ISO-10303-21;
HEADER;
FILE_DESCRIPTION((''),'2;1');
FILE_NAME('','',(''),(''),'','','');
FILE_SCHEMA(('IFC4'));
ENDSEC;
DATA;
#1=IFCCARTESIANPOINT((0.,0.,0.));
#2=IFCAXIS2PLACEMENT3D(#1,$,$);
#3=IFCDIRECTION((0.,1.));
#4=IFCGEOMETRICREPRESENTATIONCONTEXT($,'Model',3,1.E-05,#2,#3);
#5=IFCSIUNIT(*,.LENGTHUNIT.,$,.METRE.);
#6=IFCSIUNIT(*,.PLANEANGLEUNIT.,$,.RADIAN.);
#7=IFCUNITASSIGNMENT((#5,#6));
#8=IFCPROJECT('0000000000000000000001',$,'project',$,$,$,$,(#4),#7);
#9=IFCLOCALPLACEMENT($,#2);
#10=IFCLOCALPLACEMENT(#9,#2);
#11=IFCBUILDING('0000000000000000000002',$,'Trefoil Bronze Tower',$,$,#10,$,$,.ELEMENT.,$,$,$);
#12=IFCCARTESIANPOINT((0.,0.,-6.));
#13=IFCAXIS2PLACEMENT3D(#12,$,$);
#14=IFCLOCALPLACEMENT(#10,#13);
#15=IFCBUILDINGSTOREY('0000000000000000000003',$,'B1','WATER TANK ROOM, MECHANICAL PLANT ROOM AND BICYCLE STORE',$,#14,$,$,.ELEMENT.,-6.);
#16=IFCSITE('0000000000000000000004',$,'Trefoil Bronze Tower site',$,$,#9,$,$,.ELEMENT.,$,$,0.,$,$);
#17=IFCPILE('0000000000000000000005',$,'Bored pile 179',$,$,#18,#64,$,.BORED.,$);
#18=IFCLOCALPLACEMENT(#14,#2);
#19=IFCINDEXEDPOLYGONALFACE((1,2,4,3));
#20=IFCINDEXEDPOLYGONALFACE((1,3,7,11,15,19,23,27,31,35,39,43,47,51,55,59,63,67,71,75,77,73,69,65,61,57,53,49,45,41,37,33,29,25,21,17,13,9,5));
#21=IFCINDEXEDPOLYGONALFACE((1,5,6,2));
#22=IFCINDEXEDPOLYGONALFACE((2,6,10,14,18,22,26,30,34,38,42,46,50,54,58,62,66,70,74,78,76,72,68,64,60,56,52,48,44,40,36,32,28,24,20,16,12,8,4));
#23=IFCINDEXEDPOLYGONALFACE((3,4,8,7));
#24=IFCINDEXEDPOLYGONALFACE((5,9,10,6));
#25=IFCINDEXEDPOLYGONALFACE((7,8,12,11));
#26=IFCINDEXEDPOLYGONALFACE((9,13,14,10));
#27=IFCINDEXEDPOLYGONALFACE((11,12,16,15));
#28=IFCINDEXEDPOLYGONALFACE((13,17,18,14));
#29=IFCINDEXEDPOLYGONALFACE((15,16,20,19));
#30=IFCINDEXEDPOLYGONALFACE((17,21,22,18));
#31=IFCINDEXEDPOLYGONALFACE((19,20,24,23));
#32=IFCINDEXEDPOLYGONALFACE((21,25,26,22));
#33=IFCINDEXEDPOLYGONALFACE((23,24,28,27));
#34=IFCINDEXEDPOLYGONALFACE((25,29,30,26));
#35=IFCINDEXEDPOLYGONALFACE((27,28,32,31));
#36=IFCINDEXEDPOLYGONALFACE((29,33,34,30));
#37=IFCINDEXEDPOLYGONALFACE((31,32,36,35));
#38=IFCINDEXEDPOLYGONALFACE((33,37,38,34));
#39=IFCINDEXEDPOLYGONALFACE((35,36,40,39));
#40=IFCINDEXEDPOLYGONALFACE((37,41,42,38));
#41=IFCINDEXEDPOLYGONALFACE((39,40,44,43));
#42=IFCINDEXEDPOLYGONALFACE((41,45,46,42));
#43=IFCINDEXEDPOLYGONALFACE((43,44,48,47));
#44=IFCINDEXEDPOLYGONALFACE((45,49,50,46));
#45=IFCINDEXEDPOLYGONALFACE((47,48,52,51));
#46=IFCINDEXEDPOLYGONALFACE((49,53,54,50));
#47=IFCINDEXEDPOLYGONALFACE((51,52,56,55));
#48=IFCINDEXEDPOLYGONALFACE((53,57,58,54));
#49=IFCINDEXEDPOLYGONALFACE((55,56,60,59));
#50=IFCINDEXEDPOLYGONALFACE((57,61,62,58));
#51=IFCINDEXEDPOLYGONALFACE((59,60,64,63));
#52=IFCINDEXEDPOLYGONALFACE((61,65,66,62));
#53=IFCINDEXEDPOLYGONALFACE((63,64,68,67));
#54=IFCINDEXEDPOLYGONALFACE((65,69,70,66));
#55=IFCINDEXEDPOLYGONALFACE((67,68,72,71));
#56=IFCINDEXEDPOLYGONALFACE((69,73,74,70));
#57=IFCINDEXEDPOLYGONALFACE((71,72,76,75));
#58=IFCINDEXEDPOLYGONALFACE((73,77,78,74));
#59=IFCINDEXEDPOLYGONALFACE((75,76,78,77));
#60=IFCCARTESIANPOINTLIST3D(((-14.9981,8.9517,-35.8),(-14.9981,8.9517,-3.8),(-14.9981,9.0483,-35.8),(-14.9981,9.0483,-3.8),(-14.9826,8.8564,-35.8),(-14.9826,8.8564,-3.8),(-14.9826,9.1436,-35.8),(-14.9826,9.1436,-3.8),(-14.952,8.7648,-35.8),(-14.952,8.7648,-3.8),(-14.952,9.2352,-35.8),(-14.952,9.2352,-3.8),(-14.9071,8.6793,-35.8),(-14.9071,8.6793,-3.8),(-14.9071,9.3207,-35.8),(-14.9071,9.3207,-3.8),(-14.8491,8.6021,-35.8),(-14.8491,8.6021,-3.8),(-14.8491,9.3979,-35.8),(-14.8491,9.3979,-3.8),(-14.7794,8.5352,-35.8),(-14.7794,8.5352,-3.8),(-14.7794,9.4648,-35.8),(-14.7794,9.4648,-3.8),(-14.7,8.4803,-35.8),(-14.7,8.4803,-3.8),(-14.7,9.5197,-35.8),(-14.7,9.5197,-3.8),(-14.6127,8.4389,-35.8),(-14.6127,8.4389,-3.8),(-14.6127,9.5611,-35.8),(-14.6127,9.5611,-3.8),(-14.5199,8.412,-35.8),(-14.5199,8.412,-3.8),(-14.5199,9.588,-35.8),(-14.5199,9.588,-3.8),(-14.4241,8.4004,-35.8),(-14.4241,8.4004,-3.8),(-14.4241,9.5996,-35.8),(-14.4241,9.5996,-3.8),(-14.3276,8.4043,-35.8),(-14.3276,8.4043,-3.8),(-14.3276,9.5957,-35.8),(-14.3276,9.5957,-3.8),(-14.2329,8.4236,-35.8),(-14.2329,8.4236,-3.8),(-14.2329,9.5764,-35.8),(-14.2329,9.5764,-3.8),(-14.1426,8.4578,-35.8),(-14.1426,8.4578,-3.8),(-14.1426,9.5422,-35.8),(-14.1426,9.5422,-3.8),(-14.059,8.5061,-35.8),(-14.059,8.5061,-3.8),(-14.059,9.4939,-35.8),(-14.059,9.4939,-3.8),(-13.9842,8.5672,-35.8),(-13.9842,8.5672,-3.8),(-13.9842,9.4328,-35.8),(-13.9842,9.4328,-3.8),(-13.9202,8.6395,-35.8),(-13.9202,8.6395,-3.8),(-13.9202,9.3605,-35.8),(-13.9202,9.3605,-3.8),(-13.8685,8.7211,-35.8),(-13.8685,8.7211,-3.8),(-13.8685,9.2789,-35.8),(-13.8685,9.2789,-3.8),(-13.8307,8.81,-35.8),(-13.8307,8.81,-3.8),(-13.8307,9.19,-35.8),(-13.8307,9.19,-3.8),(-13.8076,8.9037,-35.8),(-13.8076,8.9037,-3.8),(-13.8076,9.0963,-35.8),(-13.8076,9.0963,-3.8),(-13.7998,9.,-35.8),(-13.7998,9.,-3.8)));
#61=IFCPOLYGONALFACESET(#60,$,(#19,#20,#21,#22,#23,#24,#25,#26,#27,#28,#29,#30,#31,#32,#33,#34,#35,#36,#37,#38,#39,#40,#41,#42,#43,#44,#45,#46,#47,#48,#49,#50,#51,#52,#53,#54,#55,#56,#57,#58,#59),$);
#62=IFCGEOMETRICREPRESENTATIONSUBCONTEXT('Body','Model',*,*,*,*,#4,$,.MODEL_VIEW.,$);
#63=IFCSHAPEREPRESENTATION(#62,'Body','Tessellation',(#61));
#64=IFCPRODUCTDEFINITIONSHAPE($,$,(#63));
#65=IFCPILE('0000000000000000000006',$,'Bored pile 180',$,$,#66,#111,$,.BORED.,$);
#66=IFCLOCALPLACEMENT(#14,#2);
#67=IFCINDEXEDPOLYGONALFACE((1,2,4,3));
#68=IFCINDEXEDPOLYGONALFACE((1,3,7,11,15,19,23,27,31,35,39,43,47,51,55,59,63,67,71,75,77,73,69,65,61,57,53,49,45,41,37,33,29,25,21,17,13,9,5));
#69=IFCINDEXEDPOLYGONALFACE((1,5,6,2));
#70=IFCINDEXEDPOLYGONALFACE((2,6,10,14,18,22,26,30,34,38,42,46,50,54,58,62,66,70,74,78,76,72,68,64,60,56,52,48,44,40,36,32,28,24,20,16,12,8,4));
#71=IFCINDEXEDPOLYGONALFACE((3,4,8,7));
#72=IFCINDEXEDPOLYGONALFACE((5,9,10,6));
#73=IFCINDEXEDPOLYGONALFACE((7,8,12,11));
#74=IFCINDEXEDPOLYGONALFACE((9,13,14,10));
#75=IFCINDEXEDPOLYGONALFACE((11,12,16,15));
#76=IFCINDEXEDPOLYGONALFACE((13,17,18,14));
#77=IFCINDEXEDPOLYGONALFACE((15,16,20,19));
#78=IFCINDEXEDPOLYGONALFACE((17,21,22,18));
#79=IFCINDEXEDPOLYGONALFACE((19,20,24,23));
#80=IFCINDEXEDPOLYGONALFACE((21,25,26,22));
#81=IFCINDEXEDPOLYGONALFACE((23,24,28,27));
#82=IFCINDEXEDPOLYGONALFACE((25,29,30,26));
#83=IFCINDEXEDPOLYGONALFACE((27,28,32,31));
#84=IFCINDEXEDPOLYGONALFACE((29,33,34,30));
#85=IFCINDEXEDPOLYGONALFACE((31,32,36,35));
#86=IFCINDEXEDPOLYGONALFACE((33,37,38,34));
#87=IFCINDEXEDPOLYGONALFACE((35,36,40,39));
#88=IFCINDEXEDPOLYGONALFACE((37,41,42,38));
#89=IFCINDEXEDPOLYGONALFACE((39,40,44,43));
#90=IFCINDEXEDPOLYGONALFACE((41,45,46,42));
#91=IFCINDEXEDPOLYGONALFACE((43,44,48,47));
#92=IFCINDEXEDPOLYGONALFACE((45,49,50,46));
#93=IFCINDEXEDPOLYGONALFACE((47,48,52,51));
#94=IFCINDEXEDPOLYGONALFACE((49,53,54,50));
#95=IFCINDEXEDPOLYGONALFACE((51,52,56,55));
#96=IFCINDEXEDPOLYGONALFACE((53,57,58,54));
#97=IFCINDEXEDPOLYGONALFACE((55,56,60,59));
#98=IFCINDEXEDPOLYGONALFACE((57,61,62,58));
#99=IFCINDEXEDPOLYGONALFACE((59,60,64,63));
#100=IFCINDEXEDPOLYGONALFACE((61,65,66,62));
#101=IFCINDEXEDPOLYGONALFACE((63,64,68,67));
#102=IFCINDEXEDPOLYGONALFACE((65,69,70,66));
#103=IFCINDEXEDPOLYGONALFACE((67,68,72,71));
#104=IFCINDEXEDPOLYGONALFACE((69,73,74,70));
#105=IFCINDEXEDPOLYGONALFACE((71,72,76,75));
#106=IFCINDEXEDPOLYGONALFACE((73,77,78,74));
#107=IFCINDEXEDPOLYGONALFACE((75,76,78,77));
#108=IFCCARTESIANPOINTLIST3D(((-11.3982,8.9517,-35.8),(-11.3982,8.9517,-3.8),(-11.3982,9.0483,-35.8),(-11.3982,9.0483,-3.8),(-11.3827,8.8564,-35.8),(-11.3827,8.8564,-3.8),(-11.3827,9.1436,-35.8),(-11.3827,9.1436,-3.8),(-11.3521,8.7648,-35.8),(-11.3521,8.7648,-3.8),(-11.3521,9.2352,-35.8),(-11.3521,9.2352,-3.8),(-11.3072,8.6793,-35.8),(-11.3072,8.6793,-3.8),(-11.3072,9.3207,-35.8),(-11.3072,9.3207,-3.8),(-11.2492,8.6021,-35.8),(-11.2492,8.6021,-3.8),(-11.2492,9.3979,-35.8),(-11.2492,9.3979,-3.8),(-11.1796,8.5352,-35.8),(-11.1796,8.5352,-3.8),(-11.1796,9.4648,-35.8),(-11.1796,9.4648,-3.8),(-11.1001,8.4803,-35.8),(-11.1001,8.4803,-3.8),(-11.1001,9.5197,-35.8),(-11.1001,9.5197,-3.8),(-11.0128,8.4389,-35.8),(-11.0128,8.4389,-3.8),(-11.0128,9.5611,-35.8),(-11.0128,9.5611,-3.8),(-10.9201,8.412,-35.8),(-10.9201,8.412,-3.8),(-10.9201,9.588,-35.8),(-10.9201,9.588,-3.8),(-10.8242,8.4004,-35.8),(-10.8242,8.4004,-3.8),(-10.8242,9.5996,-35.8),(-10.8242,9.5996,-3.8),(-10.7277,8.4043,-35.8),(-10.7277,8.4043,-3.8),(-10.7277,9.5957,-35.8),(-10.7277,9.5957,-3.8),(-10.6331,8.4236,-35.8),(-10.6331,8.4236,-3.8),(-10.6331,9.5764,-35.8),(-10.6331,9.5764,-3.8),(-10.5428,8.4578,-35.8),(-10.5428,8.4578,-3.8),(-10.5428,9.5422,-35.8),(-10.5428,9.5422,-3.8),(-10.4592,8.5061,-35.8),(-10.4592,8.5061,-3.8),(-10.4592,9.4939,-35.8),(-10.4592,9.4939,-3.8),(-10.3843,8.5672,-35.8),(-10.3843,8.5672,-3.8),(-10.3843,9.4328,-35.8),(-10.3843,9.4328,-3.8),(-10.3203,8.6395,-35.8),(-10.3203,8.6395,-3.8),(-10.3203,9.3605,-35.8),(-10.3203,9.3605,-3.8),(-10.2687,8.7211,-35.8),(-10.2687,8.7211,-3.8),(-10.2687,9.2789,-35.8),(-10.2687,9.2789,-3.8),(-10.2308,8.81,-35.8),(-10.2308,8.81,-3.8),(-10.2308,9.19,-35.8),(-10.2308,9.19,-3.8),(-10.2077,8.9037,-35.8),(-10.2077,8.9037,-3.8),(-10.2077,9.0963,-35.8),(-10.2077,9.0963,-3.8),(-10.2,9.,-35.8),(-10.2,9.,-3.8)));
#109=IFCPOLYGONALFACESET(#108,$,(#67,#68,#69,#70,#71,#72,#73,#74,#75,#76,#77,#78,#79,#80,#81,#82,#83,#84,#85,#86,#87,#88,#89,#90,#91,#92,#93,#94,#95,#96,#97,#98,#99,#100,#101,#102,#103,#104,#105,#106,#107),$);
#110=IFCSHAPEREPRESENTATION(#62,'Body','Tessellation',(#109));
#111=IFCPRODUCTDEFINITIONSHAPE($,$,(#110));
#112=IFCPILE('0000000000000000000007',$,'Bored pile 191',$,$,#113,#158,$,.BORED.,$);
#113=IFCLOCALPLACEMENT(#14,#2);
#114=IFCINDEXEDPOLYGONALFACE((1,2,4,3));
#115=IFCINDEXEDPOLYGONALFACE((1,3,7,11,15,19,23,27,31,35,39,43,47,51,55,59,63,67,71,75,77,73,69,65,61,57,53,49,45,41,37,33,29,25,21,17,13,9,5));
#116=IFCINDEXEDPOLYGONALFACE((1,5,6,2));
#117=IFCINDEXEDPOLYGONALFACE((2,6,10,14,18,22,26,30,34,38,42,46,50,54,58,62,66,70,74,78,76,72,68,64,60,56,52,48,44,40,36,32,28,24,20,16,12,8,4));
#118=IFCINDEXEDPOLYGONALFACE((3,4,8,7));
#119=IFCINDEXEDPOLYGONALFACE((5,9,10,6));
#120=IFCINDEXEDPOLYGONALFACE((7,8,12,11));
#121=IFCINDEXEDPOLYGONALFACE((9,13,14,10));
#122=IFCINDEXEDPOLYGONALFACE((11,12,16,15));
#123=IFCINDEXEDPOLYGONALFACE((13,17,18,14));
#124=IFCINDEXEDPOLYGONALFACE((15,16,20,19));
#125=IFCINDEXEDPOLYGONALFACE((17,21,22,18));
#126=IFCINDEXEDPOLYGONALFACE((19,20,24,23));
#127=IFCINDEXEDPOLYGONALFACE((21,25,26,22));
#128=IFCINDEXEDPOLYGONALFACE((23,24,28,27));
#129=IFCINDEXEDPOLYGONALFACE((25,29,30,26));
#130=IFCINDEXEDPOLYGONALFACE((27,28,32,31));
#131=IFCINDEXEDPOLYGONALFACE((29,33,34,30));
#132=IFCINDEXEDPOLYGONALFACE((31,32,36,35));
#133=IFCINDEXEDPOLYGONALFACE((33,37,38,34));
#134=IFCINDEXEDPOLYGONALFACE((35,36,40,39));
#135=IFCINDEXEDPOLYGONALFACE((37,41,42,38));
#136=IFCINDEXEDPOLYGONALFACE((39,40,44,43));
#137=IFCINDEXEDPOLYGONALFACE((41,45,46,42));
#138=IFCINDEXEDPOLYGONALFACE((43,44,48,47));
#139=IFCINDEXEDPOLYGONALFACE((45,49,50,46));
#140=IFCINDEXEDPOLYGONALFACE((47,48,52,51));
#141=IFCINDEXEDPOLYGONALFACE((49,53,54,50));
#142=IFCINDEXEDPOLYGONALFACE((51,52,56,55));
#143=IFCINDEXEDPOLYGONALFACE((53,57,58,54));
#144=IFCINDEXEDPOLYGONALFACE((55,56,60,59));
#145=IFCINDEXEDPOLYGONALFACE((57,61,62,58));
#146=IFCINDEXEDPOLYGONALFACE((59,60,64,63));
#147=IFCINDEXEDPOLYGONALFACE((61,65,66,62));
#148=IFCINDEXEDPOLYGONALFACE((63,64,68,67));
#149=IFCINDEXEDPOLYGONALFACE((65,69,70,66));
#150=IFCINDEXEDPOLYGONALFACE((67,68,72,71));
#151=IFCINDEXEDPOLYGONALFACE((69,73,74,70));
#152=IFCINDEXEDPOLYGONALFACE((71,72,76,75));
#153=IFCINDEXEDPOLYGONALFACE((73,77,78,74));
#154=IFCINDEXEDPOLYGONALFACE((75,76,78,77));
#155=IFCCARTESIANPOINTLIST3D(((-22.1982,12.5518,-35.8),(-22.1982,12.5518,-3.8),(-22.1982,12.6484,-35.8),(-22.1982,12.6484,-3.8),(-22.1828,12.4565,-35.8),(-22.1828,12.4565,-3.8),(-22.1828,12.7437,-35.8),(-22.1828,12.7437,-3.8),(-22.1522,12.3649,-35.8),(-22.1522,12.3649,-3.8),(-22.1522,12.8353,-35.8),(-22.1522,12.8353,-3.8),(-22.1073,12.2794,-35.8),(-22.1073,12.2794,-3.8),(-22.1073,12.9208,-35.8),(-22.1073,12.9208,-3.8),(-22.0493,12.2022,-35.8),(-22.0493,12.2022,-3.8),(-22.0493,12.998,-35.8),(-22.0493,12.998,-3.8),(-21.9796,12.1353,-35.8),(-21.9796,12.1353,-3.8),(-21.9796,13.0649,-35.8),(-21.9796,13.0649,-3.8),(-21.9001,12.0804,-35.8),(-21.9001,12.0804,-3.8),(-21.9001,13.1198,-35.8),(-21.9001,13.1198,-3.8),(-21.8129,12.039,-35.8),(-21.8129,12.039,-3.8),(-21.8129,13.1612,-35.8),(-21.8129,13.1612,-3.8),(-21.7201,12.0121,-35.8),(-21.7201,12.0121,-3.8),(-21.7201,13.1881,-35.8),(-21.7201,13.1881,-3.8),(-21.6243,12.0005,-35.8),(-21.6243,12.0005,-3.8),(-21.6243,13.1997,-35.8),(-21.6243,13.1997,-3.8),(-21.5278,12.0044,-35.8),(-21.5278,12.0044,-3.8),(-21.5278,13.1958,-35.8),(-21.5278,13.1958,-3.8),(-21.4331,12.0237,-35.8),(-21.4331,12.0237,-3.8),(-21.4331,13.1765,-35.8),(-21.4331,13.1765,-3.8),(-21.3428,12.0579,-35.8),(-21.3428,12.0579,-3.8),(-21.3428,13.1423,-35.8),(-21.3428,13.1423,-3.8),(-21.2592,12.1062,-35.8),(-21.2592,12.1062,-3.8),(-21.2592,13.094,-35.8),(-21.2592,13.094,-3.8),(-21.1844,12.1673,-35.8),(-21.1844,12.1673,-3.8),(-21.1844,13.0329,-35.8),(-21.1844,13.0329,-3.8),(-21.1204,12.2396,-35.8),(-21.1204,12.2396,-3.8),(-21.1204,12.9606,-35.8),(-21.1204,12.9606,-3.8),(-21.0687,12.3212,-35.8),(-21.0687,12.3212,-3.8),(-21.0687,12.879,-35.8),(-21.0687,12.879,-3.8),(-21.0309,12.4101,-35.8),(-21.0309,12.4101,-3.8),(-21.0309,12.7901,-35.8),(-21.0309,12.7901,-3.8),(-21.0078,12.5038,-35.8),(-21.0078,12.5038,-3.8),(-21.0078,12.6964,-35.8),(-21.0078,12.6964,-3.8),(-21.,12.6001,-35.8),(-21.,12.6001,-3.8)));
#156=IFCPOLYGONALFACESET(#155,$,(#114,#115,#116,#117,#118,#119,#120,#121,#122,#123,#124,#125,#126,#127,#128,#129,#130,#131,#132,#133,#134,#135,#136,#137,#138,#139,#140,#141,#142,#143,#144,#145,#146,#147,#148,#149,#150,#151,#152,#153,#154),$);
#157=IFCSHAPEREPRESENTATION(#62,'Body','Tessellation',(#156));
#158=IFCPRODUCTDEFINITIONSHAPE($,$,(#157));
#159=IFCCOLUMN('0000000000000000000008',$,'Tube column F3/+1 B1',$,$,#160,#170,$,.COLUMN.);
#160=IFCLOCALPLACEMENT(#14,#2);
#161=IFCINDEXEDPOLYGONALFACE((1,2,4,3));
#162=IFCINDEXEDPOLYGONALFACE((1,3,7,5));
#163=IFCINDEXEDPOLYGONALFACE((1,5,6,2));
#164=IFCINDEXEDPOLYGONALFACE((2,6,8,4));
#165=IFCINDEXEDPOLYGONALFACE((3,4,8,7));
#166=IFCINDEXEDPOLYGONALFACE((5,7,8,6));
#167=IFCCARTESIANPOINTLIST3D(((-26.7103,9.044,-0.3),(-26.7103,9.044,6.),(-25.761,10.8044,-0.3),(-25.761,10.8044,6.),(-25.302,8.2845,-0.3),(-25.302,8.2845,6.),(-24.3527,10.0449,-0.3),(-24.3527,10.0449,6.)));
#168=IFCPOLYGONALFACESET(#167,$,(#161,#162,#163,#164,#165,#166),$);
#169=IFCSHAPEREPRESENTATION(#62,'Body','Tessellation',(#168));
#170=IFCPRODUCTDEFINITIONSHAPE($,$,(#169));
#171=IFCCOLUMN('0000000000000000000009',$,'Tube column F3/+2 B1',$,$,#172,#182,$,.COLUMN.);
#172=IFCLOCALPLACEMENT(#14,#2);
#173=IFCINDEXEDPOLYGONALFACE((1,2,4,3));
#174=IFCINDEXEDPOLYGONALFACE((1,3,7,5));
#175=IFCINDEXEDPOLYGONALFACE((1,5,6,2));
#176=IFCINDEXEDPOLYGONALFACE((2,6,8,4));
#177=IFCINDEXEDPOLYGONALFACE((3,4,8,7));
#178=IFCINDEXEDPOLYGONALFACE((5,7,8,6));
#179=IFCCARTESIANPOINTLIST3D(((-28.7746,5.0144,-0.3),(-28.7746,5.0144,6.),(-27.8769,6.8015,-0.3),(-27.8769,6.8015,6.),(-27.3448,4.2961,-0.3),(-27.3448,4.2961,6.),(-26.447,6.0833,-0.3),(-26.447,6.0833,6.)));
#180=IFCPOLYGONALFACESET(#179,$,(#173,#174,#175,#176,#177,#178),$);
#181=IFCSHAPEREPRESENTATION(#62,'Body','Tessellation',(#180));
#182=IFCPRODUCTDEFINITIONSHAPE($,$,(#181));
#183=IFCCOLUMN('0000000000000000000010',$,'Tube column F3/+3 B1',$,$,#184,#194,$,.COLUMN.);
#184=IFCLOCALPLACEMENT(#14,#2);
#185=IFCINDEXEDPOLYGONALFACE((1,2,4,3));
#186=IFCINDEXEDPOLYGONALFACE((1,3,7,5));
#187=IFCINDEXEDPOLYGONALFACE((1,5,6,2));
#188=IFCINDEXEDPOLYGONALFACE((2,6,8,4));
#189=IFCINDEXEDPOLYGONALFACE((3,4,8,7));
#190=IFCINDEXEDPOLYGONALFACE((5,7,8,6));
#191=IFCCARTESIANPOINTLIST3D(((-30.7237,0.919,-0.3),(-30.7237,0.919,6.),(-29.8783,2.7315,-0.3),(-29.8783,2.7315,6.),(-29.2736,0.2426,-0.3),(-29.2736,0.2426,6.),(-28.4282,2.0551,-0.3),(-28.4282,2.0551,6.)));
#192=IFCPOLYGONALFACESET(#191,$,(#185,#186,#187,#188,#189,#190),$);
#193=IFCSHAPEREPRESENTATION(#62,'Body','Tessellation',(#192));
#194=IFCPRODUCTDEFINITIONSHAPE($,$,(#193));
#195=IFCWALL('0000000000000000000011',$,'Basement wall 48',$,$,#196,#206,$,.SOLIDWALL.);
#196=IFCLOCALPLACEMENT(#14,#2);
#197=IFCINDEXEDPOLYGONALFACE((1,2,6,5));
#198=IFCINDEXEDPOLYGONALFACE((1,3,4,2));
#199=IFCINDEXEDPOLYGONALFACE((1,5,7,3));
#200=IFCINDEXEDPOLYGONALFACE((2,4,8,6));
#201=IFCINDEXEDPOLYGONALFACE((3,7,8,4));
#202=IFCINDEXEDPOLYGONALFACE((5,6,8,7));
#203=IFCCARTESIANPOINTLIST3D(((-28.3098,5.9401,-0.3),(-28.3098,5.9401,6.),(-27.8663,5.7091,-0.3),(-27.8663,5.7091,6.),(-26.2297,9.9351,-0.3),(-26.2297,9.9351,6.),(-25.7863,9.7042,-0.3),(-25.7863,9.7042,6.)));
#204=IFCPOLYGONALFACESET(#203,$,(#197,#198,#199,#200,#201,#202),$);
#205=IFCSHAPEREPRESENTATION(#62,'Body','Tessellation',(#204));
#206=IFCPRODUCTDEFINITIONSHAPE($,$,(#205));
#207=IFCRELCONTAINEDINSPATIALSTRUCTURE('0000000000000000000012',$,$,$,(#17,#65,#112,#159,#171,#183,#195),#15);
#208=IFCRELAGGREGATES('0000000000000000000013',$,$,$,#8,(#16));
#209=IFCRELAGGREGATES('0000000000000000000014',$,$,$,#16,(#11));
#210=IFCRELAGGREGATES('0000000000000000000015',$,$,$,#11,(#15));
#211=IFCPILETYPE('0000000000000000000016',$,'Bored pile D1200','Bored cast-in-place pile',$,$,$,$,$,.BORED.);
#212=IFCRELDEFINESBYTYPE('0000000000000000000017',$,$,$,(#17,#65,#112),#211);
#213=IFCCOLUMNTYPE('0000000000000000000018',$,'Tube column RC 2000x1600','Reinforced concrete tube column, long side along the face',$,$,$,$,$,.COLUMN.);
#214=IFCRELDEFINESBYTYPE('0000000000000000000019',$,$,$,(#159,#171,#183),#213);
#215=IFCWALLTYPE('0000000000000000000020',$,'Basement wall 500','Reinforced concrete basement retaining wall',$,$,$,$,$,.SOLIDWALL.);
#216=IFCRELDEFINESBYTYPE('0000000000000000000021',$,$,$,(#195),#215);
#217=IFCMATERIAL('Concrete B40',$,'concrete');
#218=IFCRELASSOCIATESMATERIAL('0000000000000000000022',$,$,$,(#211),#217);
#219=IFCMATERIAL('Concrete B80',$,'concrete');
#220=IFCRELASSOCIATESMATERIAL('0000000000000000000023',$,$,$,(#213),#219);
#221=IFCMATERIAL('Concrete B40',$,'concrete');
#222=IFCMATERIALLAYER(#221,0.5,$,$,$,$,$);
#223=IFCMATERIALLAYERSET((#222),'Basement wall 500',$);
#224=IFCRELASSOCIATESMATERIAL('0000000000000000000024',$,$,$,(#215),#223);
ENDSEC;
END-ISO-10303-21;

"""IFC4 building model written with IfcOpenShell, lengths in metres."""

from ifc_helpers import new_model, si_unit, direction, frame, frame_2d, origin, origin_2d, place, context, subcontext, project, spatial, rectangle, circle, extrude, material, layer, layer_set, material_profile, profile_set, type_object, element, save


model = new_model("IFC4")

# Units and contexts
model_context = context("Model", 3, precision=1e-05, world=origin(), true_north=direction((0.0, 1.0)))
body_context = subcontext(model_context, "Body", "Model", "MODEL_VIEW")
ifc_project = project(units=[si_unit("LENGTHUNIT", "METRE"), si_unit("PLANEANGLEUNIT", "RADIAN")], contexts=[model_context])

# Site, building, storey
site_placement = place(None, origin())
site = spatial("IfcSite", under=ifc_project, at=site_placement, Name="Trefoil Bronze Tower site", CompositionType="ELEMENT", RefElevation=0.0)
building_placement = place(site_placement, origin())
building = spatial("IfcBuilding", under=site, at=building_placement, Name="Trefoil Bronze Tower", CompositionType="ELEMENT")
storey_placement = place(building_placement, frame((0.0, 0.0, -6.0)))
storey = spatial("IfcBuildingStorey", under=building, at=storey_placement, Name="B1", Description="WATER TANK ROOM, MECHANICAL PLANT ROOM AND BICYCLE STORE", CompositionType="ELEMENT", Elevation=-6.0)

# Piles
ifc_material_1 = material(Name="Concrete B40", Category="concrete")
pile_type = type_object("IfcPileType", Name="Bored pile D1200", Description="Bored cast-in-place pile", PredefinedType="BORED", material=ifc_material_1)
for number, where, z_axis, x_axis, name in (
    (1, (-14.3999, 9.0, -3.8), (0.0, 0.0, -1.0), (1.0, 0.0, 0.0), "Bored pile 179"),
    (2, (-10.8, 9.0, -3.8), (0.0, 0.0, -1.0), (1.0, 0.0, 0.0), "Bored pile 180"),
    (3, (-21.6001, 12.6001, -3.8), (0.0, 0.0, -1.0), (1.0, 0.0, 0.0), "Bored pile 191"),
):
    element("IfcPile", number, at=place(storey_placement, frame(where, z_axis=z_axis, x_axis=x_axis)), inside=storey, type_object=pile_type, Name=name, PredefinedType="BORED", context=body_context, shape_type="SweptSolid", body=[
        extrude(circle(Radius=0.6001, at=origin_2d()), origin(), (0.0, 0.0, 1.0), 32.0),
    ])

# Columns
ifc_material_2 = material(Name="Concrete B80", Category="concrete")
ifc_material_profile = material_profile(ifc_material_2, rectangle(XDim=2.0, YDim=1.6001, at=origin_2d()), Name="RC 2000x1600")
ifc_profile_set = profile_set([ifc_material_profile], Name="Concrete B80")
column_type = type_object("IfcColumnType", Name="Tube column RC 2000x1600", Description="Reinforced concrete tube column, long side along the face", PredefinedType="COLUMN", material=ifc_profile_set)
for number, where, z_axis, x_axis, name in (
    (4, (-25.5315, 9.5444, -0.3), (0.0, 0.0, 1.0), (-0.474656, -0.880171, 0.0), "Tube column F3/+1 B1"),
    (5, (-27.6108, 5.5488, -0.3), (0.0, 0.0, 1.0), (-0.44889, -0.893587, 0.0), "Tube column F3/+2 B1"),
    (6, (-29.5759, 1.4871, -0.3), (0.0, 0.0, 1.0), (-0.422701, -0.906269, 0.0), "Tube column F3/+3 B1"),
):
    element("IfcColumn", number, at=place(storey_placement, frame(where, z_axis=z_axis, x_axis=x_axis)), inside=storey, type_object=column_type, Name=name, PredefinedType="COLUMN", context=body_context, shape_type="SweptSolid", body=[
        extrude(rectangle(XDim=2.0, YDim=1.6001, at=origin_2d()), origin(), (0.0, 0.0, 1.0), 6.3),
    ])

# Wall
ifc_material_3 = material(Name="Concrete B40", Category="concrete")
ifc_layer_1 = layer(ifc_material_3, 0.5)
ifc_layer_set_1 = layer_set([ifc_layer_1], Name="Basement wall 500")
wall_type_1 = type_object("IfcWallType", Name="Basement wall 500", Description="Reinforced concrete basement retaining wall", PredefinedType="SOLIDWALL", material=ifc_layer_set_1)
wall_1_placement = place(storey_placement, frame((-26.0081, 9.8196, -0.3), z_axis=(0.0, 0.0, 1.0), x_axis=(-0.46181, -0.886979, 0.0)))
element("IfcWall", 7, at=wall_1_placement, inside=storey, type_object=wall_type_1, Name="Basement wall 48", PredefinedType="SOLIDWALL", context=body_context, shape_type="SweptSolid", body=[
    extrude(rectangle(XDim=4.5042, YDim=0.5, at=frame_2d((2.252, 0.0))), origin(), (0.0, 0.0, 1.0), 6.3),
])

save(model, "model.ifc")
